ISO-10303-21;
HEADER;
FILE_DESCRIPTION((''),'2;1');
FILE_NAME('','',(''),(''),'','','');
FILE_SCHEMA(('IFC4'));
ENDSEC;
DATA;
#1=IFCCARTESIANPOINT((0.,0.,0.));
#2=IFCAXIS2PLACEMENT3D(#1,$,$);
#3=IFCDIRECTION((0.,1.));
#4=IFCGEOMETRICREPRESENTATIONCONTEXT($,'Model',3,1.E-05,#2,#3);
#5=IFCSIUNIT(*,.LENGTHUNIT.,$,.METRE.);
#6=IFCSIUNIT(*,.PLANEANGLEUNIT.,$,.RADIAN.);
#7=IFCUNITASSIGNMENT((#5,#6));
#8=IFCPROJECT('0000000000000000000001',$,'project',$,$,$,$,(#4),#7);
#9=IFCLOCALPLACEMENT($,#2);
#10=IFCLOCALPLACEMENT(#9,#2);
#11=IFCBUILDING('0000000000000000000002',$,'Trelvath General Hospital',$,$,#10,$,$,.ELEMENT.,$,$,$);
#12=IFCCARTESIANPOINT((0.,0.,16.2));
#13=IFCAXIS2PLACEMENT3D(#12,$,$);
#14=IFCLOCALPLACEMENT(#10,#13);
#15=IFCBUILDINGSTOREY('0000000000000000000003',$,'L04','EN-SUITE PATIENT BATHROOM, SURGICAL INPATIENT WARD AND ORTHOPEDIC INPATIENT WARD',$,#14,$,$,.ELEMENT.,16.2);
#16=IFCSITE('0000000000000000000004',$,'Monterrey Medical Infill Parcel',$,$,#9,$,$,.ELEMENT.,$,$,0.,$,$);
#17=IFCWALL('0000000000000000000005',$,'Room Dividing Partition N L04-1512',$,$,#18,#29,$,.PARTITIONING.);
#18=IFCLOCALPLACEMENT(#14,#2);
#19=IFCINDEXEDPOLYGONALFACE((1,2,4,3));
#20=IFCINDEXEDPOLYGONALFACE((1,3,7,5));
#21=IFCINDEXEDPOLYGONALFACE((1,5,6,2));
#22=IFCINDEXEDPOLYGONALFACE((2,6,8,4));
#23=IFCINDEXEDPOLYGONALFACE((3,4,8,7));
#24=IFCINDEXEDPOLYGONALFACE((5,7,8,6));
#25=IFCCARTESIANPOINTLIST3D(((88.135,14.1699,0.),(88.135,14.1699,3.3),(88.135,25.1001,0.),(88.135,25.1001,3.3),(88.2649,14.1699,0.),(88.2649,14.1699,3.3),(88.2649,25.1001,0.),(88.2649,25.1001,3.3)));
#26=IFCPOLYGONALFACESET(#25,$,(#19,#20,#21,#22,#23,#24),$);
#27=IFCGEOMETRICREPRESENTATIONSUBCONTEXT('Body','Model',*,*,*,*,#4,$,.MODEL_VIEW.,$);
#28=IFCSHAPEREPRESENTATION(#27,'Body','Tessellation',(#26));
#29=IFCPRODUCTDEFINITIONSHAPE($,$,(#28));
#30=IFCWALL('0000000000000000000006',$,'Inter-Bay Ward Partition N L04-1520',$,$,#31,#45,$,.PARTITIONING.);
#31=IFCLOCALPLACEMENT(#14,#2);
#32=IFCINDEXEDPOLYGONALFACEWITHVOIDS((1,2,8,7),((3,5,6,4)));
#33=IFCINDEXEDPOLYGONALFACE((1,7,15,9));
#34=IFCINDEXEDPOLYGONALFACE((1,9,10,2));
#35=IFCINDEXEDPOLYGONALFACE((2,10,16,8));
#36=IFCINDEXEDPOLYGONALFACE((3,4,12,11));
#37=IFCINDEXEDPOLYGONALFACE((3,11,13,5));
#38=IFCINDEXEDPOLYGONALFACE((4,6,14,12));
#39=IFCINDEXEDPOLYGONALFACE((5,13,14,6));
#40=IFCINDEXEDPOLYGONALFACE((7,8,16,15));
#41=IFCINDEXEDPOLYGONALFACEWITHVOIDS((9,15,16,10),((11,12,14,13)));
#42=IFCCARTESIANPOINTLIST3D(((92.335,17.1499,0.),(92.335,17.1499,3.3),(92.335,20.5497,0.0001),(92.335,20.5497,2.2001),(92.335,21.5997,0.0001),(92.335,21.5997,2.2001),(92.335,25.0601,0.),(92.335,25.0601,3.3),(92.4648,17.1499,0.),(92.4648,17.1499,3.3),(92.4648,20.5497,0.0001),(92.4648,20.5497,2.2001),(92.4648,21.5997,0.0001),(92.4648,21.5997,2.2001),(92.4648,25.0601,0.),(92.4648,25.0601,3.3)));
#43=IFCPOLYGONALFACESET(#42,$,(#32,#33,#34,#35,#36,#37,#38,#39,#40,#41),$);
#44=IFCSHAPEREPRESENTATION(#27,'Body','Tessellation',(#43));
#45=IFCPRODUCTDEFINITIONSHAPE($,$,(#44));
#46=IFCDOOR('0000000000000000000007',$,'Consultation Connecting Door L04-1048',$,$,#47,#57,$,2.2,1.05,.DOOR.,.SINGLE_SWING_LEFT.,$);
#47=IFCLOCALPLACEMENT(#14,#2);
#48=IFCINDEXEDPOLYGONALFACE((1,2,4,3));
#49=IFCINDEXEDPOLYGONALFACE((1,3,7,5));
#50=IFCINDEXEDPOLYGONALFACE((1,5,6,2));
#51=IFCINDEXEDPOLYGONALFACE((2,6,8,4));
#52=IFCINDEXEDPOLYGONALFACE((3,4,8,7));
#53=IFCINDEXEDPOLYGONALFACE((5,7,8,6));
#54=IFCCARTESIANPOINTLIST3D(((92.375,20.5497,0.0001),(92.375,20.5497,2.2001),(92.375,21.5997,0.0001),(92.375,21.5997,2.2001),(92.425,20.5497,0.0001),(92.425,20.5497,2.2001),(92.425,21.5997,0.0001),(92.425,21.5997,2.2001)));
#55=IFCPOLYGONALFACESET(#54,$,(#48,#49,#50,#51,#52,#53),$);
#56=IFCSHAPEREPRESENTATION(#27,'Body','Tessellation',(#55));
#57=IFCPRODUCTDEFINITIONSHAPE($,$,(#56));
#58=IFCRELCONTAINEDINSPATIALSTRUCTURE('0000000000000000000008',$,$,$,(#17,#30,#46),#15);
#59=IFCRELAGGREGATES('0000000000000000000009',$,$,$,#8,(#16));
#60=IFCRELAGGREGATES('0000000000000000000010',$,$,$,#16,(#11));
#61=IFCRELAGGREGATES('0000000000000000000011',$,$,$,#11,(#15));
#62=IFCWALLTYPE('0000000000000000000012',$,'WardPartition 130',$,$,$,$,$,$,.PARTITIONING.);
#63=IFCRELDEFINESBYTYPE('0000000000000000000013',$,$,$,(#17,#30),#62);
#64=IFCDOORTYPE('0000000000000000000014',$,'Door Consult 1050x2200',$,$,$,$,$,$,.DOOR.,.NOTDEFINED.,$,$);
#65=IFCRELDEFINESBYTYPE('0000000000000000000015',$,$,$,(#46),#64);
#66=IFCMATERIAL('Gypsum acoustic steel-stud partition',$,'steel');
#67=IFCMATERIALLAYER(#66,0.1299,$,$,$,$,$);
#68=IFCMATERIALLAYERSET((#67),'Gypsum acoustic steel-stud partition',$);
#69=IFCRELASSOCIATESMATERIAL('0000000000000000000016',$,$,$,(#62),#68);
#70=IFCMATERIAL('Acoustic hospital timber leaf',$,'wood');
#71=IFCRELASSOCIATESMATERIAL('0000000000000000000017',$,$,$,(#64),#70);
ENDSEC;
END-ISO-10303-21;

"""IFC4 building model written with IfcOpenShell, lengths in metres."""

from ifc_helpers import new_model, si_unit, direction, frame, frame_2d, origin, place, context, subcontext, project, spatial, rectangle, extrude, material, layer, layer_set, type_object, element, fill, save


model = new_model("IFC4")

# Units and contexts
model_context = context("Model", 3, precision=1e-05, world=origin(), true_north=direction((0.0, 1.0)))
body_context = subcontext(model_context, "Body", "Model", "MODEL_VIEW")
ifc_project = project(units=[si_unit("LENGTHUNIT", "METRE"), si_unit("PLANEANGLEUNIT", "RADIAN")], contexts=[model_context])

# Site, building, storey
site_placement = place(None, origin())
site = spatial("IfcSite", under=ifc_project, at=site_placement, Name="Monterrey Medical Infill Parcel", CompositionType="ELEMENT", RefElevation=0.0)
building_placement = place(site_placement, origin())
building = spatial("IfcBuilding", under=site, at=building_placement, Name="Trelvath General Hospital", CompositionType="ELEMENT")
storey_placement = place(building_placement, frame((0.0, 0.0, 16.2)))
storey = spatial("IfcBuildingStorey", under=building, at=storey_placement, Name="L04", Description="EN-SUITE PATIENT BATHROOM, SURGICAL INPATIENT WARD AND ORTHOPEDIC INPATIENT WARD", CompositionType="ELEMENT", Elevation=16.2)

# Wall
ifc_material_1 = material(Name="Gypsum acoustic steel-stud partition", Category="steel")
ifc_layer_1 = layer(ifc_material_1, 0.1299)
ifc_layer_set_1 = layer_set([ifc_layer_1], Name="Gypsum acoustic steel-stud partition")
wall_type_1 = type_object("IfcWallType", Name="WardPartition 130", PredefinedType="PARTITIONING", material=ifc_layer_set_1)
wall_1_placement = place(storey_placement, frame((88.2, 14.1699, 0.0), z_axis=(0.0, 0.0, 1.0), x_axis=(0.0, 1.0, 0.0)))
element("IfcWall", 1, at=wall_1_placement, inside=storey, type_object=wall_type_1, Name="Room Dividing Partition N L04-1512", PredefinedType="PARTITIONING", context=body_context, shape_type="SweptSolid", body=[
    extrude(rectangle(XDim=10.9302, YDim=0.1299, at=frame_2d((5.4651, 0.0))), origin(), (0.0, 0.0, 1.0), 3.3),
])

# Wall, opening, door
wall_2_placement = place(storey_placement, frame((92.3999, 17.1499, 0.0), z_axis=(0.0, 0.0, 1.0), x_axis=(0.0, 1.0, 0.0)))
wall_2 = element("IfcWall", 2, at=wall_2_placement, inside=storey, type_object=wall_type_1, Name="Inter-Bay Ward Partition N L04-1520", PredefinedType="PARTITIONING", context=body_context, shape_type="SweptSolid", body=[
    extrude(rectangle(XDim=7.9102, YDim=0.1299, at=frame_2d((3.9551, 0.0))), origin(), (0.0, 0.0, 1.0), 3.3),
])
opening_1_placement = place(wall_2_placement, frame((3.3999, 0.0, 0.0)))
opening_1 = element("IfcOpeningElement", 3, at=opening_1_placement, cuts=wall_2, PredefinedType="OPENING", context=body_context, shape_type="SweptSolid", body=[
    extrude(rectangle(XDim=1.05, YDim=2.2, at=frame_2d((0.5249, 1.1001))), frame((0.0, 0.075, 0.0), z_axis=(0.0, -1.0, 0.0), x_axis=(1.0, 0.0, 0.0)), (0.0, 0.0, 1.0), 0.1499),
])
ifc_material_2 = material(Name="Acoustic hospital timber leaf", Category="wood")
door_type_1 = type_object("IfcDoorType", Name="Door Consult 1050x2200", OperationType="NOTDEFINED", PredefinedType="DOOR", material=ifc_material_2)
door_1_placement = place(opening_1_placement, origin())
door_1 = element("IfcDoor", 4, at=door_1_placement, inside=storey, type_object=door_type_1, Name="Consultation Connecting Door L04-1048", OperationType="SINGLE_SWING_LEFT", OverallHeight=2.2, OverallWidth=1.05, PredefinedType="DOOR", context=body_context, shape_type="SweptSolid", body=[
    extrude(rectangle(XDim=1.05, YDim=2.2, at=frame_2d((0.5249, 1.1001))), frame((0.0, 0.0249, 0.0), z_axis=(0.0, -1.0, 0.0), x_axis=(1.0, 0.0, 0.0)), (0.0, 0.0, 1.0), 0.05),
])
fill(opening_1, door_1)

save(model, "model.ifc")
